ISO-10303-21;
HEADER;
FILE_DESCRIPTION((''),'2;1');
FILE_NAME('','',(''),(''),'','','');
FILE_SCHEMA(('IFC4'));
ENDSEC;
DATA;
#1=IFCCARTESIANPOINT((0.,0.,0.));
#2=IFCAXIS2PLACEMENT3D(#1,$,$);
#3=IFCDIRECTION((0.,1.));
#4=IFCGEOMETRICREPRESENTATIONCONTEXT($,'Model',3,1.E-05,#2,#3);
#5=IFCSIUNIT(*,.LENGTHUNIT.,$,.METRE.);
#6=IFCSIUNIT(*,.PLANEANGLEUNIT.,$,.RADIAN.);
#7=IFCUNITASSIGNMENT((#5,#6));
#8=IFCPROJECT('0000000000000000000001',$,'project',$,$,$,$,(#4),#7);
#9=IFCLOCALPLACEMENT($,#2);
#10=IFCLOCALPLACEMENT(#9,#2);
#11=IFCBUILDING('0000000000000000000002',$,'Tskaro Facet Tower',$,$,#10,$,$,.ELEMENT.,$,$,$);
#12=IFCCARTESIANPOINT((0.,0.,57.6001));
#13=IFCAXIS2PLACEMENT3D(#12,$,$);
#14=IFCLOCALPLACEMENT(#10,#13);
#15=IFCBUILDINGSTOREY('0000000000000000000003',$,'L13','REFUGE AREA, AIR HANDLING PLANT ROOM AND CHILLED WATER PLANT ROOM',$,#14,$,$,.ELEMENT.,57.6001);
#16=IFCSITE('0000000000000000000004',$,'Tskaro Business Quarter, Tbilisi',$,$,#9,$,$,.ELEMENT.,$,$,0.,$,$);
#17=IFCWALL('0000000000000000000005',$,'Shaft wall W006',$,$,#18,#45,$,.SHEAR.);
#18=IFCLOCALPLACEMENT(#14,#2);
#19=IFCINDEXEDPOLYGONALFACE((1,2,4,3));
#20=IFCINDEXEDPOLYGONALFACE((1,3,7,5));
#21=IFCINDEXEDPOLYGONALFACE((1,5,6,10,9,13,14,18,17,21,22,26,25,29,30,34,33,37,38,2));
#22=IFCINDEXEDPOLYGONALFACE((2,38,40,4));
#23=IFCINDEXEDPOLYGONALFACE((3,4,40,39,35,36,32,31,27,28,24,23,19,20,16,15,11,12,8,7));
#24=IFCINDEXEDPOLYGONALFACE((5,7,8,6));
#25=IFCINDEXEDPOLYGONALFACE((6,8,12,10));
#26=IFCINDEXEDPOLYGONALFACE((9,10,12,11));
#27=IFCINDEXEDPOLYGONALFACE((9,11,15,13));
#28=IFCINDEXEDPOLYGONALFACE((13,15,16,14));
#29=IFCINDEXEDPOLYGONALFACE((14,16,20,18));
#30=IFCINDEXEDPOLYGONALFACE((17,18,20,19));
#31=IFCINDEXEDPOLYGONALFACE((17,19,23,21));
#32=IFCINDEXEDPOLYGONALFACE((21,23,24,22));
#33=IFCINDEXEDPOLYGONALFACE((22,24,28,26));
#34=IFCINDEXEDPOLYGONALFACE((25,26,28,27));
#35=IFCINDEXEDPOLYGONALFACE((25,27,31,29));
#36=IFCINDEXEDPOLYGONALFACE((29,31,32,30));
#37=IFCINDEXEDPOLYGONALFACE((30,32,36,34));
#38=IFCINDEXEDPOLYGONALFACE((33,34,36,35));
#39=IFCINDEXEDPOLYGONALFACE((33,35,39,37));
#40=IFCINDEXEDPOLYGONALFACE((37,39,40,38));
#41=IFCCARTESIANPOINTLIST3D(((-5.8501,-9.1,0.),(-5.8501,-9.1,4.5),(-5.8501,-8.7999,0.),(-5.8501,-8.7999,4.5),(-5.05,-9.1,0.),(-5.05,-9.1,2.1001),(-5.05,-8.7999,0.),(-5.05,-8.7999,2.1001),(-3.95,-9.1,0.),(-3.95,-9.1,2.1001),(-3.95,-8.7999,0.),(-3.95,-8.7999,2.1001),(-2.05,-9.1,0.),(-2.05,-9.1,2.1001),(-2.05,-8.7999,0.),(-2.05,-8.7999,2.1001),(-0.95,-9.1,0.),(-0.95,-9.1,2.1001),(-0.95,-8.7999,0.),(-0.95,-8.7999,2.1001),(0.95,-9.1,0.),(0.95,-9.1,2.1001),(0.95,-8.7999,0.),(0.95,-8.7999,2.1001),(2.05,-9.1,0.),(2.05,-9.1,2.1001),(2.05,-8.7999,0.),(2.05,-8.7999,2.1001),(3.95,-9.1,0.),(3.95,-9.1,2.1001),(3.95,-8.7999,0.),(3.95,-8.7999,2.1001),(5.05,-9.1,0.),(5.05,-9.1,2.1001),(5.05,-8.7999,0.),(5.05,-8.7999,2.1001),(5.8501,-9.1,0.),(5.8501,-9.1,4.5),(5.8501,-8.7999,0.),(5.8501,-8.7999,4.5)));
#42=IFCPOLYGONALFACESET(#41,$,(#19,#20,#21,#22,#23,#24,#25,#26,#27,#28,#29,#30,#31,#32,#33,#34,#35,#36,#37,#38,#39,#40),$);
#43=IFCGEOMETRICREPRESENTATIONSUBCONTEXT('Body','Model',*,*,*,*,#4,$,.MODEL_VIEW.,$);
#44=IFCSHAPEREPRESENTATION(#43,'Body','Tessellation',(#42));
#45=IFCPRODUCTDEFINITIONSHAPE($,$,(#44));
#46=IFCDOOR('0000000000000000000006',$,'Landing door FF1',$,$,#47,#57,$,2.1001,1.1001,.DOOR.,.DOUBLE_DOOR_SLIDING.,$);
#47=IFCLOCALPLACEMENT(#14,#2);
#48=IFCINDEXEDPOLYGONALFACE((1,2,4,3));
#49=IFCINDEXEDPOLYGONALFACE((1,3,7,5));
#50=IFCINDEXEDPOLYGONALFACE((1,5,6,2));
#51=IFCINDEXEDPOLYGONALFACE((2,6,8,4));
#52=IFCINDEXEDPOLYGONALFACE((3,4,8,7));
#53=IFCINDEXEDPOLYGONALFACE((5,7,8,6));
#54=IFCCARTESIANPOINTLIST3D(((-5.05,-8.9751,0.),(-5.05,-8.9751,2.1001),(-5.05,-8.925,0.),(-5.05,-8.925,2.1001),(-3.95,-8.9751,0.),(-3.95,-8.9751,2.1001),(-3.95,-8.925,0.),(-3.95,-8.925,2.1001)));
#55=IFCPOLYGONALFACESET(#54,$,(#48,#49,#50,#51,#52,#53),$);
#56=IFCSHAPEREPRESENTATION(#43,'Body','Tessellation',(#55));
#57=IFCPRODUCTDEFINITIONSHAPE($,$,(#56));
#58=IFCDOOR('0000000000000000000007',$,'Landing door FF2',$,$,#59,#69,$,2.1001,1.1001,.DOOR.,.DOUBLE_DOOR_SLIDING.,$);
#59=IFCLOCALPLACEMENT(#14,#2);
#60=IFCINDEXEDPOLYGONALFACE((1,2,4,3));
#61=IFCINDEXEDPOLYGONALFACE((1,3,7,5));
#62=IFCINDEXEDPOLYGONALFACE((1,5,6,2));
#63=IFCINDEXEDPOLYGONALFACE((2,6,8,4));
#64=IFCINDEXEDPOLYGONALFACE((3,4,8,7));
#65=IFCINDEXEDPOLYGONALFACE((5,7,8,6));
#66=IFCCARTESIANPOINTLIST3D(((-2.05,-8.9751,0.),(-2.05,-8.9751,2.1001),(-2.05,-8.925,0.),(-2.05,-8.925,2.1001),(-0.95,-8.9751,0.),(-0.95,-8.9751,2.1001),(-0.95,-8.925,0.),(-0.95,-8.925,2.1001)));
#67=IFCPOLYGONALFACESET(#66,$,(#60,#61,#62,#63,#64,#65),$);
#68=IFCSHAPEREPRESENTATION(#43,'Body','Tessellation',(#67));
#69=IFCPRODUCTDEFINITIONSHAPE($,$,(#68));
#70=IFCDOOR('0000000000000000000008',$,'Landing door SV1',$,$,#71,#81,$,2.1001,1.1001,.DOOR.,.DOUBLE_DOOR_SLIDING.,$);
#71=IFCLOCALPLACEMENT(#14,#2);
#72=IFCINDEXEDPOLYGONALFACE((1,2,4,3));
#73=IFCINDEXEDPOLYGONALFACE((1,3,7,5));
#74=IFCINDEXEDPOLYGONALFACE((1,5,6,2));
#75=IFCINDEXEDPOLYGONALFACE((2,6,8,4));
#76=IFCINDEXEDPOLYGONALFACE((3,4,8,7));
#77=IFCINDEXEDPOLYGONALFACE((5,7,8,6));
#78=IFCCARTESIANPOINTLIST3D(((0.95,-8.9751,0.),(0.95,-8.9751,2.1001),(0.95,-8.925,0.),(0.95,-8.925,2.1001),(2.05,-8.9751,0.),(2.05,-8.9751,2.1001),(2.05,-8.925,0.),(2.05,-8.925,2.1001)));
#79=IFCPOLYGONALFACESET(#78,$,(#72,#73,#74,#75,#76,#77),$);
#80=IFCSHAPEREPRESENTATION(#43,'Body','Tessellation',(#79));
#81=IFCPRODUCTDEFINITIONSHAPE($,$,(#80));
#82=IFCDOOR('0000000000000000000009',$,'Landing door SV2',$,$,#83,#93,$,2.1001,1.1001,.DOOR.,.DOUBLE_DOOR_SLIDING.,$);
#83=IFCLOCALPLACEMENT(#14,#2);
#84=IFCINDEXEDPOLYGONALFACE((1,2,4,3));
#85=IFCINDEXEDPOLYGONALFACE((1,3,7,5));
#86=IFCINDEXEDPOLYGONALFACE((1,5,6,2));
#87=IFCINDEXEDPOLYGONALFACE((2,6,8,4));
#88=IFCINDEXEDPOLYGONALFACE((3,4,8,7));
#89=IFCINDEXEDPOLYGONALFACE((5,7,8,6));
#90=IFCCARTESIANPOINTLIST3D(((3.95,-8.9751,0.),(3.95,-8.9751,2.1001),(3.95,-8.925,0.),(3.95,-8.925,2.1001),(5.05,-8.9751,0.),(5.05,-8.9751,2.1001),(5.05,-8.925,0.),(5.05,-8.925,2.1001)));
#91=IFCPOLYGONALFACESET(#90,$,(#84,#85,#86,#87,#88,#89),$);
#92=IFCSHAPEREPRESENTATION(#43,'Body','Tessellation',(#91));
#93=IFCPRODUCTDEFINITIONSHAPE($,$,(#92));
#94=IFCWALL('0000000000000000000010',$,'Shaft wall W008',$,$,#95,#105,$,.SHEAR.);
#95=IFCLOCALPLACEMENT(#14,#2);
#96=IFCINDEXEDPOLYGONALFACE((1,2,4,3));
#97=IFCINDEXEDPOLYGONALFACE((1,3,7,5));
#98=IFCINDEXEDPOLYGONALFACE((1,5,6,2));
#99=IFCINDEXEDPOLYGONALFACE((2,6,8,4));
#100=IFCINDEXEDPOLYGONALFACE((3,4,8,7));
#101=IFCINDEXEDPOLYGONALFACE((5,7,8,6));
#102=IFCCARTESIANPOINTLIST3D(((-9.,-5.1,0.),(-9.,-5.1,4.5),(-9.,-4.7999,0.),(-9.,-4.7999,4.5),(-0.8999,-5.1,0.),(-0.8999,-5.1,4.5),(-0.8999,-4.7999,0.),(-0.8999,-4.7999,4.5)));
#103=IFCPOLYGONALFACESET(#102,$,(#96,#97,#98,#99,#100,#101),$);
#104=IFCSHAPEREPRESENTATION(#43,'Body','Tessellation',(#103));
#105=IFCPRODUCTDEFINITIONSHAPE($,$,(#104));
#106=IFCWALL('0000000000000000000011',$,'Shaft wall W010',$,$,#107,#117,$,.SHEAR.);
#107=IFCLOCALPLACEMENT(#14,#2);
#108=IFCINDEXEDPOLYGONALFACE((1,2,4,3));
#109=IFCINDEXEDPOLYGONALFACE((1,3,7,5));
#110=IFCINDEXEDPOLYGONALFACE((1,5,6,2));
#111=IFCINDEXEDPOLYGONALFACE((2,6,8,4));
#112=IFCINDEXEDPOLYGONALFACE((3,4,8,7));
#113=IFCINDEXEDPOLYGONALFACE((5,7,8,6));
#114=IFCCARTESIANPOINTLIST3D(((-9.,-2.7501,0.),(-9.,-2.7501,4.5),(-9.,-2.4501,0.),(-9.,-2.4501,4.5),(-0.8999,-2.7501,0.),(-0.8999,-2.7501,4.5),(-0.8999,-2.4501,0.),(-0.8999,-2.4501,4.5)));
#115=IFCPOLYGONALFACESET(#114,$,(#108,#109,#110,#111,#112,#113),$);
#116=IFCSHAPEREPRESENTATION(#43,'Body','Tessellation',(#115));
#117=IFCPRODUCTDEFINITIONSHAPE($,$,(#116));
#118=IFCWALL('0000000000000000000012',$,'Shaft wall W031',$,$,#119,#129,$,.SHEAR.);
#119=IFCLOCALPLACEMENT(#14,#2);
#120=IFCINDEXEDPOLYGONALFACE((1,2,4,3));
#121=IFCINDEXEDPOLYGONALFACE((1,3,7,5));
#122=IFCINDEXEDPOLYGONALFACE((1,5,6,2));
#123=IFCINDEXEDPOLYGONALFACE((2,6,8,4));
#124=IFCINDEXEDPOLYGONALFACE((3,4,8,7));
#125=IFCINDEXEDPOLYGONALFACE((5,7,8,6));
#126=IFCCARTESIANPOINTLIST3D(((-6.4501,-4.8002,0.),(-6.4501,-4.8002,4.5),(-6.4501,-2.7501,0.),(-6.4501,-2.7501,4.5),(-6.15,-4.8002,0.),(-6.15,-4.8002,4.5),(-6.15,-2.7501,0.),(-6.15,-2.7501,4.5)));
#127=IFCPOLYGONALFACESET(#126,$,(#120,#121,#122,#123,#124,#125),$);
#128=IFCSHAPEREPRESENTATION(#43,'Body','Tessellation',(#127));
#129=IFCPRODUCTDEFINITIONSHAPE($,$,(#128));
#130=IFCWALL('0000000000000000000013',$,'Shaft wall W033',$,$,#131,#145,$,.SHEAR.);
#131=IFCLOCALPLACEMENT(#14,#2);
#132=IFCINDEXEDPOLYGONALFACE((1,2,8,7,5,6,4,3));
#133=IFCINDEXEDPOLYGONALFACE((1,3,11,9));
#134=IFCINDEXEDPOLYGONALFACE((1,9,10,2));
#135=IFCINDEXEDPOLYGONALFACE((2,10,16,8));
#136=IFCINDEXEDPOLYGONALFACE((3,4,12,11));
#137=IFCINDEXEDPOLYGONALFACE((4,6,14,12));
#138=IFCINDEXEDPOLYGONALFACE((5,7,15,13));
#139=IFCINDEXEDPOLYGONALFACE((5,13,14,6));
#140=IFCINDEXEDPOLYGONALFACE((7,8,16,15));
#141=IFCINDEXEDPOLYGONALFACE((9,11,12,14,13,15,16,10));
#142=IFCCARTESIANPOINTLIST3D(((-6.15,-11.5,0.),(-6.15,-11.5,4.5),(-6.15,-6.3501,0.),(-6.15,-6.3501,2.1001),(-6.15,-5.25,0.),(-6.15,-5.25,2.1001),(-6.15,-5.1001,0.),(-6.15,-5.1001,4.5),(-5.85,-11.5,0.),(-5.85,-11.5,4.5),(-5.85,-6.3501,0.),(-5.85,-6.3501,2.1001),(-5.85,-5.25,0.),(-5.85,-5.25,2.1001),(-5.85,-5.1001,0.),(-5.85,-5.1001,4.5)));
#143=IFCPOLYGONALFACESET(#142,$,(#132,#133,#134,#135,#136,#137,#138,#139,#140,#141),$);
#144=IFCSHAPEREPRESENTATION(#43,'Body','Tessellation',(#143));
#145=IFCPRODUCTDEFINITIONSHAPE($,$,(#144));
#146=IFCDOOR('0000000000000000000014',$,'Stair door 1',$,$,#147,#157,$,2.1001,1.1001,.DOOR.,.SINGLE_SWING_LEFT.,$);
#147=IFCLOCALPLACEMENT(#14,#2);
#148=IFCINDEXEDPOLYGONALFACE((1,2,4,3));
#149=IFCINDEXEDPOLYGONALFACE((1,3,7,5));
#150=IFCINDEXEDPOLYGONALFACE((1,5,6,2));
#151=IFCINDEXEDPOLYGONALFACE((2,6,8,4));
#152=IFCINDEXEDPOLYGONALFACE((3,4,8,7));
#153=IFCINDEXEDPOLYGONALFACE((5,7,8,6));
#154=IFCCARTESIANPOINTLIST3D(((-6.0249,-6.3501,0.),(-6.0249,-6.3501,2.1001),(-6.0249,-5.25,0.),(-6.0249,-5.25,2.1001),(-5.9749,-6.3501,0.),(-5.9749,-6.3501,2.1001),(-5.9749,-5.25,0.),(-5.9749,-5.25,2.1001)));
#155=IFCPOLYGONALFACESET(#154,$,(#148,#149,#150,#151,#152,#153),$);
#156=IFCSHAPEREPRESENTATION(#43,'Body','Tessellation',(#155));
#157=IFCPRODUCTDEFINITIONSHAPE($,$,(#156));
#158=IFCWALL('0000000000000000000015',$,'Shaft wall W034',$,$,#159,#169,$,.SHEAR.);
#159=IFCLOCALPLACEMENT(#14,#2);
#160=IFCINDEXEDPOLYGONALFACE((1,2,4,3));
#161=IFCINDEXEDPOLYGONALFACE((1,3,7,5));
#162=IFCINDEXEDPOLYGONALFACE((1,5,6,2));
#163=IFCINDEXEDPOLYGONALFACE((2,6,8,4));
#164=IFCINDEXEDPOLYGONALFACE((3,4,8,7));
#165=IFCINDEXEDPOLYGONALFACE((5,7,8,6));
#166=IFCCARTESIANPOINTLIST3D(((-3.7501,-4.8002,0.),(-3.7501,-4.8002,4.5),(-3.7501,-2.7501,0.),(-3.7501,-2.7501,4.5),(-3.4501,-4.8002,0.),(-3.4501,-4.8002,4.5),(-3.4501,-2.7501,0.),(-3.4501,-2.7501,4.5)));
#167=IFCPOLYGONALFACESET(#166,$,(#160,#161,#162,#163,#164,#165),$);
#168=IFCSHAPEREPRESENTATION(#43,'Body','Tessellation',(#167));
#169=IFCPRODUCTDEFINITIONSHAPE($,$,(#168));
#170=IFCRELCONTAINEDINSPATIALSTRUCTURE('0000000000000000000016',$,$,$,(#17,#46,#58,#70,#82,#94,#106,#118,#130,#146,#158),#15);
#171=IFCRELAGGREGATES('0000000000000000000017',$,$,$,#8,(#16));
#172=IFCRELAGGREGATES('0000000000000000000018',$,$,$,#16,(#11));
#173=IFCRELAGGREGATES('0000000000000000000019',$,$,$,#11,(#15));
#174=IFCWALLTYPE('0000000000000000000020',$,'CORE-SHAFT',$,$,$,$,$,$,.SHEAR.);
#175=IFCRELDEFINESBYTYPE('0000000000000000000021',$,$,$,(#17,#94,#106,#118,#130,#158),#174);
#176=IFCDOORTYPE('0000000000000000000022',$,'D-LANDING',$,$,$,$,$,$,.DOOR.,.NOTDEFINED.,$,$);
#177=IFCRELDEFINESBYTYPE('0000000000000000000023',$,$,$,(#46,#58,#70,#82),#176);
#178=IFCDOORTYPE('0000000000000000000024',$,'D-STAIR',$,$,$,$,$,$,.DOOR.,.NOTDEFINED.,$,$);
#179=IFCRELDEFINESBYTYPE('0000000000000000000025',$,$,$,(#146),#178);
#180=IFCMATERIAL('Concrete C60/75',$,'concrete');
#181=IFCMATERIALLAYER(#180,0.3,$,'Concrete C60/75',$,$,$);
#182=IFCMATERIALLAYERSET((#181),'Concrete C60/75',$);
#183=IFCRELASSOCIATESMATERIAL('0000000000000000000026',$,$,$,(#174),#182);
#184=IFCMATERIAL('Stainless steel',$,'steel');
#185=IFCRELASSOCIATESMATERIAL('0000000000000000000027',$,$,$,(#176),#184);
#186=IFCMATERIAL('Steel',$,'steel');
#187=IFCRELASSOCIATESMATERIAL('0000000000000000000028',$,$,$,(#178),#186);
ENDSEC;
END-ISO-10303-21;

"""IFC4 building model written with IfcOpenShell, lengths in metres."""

from ifc_helpers import new_model, si_unit, direction, frame, frame_2d, origin, place, context, subcontext, project, spatial, rectangle, extrude, material, layer, layer_set, type_object, element, fill, save


model = new_model("IFC4")

# Units and contexts
model_context = context("Model", 3, precision=1e-05, world=origin(), true_north=direction((0.0, 1.0)))
body_context = subcontext(model_context, "Body", "Model", "MODEL_VIEW")
ifc_project = project(units=[si_unit("LENGTHUNIT", "METRE"), si_unit("PLANEANGLEUNIT", "RADIAN")], contexts=[model_context])

# Site, building, storey
site_placement = place(None, origin())
site = spatial("IfcSite", under=ifc_project, at=site_placement, Name="Tskaro Business Quarter, Tbilisi", CompositionType="ELEMENT", RefElevation=0.0)
building_placement = place(site_placement, origin())
building = spatial("IfcBuilding", under=site, at=building_placement, Name="Tskaro Facet Tower", CompositionType="ELEMENT")
storey_placement = place(building_placement, frame((0.0, 0.0, 57.6001)))
storey = spatial("IfcBuildingStorey", under=building, at=storey_placement, Name="L13", Description="REFUGE AREA, AIR HANDLING PLANT ROOM AND CHILLED WATER PLANT ROOM", CompositionType="ELEMENT", Elevation=57.6001)

# Shared definitions
ifc_material_1 = material(Name="Concrete C60/75", Category="concrete")
ifc_layer_1 = layer(ifc_material_1, 0.3, Name="Concrete C60/75")
ifc_layer_set_1 = layer_set([ifc_layer_1], Name="Concrete C60/75")
wall_type_1 = type_object("IfcWallType", Name="CORE-SHAFT", PredefinedType="SHEAR", material=ifc_layer_set_1)

# Wall, openings, doors
wall_1_placement = place(storey_placement, frame((-5.8501, -8.95, 0.0), z_axis=(0.0, 0.0, 1.0), x_axis=(1.0, 0.0, 0.0)))
wall_1 = element("IfcWall", 1, at=wall_1_placement, inside=storey, type_object=wall_type_1, Name="Shaft wall W006", PredefinedType="SHEAR", context=body_context, shape_type="SweptSolid", body=[
    extrude(rectangle(XDim=11.7002, YDim=0.3, at=frame_2d((5.8501, 0.0))), origin(), (0.0, 0.0, 1.0), 4.5),
])
opening_1_placement = place(wall_1_placement, frame((0.8, 0.0, 0.0)))
opening_1 = element("IfcOpeningElement", 2, at=opening_1_placement, cuts=wall_1, PredefinedType="OPENING", context=body_context, shape_type="SweptSolid", body=[
    extrude(rectangle(XDim=1.1001, YDim=2.1001, at=frame_2d((0.55, 1.05))), frame((0.0, 0.1599, 0.0), z_axis=(0.0, -1.0, 0.0), x_axis=(1.0, 0.0, 0.0)), (0.0, 0.0, 1.0), 0.3201),
])
opening_2_placement = place(wall_1_placement, frame((3.8, 0.0, 0.0)))
opening_2 = element("IfcOpeningElement", 3, at=opening_2_placement, cuts=wall_1, PredefinedType="OPENING", context=body_context, shape_type="SweptSolid", body=[
    extrude(rectangle(XDim=1.1001, YDim=2.1001, at=frame_2d((0.55, 1.05))), frame((0.0, 0.1599, 0.0), z_axis=(0.0, -1.0, 0.0), x_axis=(1.0, 0.0, 0.0)), (0.0, 0.0, 1.0), 0.3201),
])
opening_3_placement = place(wall_1_placement, frame((6.8, 0.0, 0.0)))
opening_3 = element("IfcOpeningElement", 4, at=opening_3_placement, cuts=wall_1, PredefinedType="OPENING", context=body_context, shape_type="SweptSolid", body=[
    extrude(rectangle(XDim=1.1001, YDim=2.1001, at=frame_2d((0.55, 1.05))), frame((0.0, 0.1599, 0.0), z_axis=(0.0, -1.0, 0.0), x_axis=(1.0, 0.0, 0.0)), (0.0, 0.0, 1.0), 0.3201),
])
opening_4_placement = place(wall_1_placement, frame((9.8, 0.0, 0.0)))
opening_4 = element("IfcOpeningElement", 5, at=opening_4_placement, cuts=wall_1, PredefinedType="OPENING", context=body_context, shape_type="SweptSolid", body=[
    extrude(rectangle(XDim=1.1001, YDim=2.1001, at=frame_2d((0.55, 1.05))), frame((0.0, 0.1599, 0.0), z_axis=(0.0, -1.0, 0.0), x_axis=(1.0, 0.0, 0.0)), (0.0, 0.0, 1.0), 0.3201),
])
ifc_material_2 = material(Name="Stainless steel", Category="steel")
door_type_1 = type_object("IfcDoorType", Name="D-LANDING", OperationType="NOTDEFINED", PredefinedType="DOOR", material=ifc_material_2)
door_1_placement = place(opening_1_placement, origin())
door_1 = element("IfcDoor", 6, at=door_1_placement, inside=storey, type_object=door_type_1, Name="Landing door FF1", OperationType="DOUBLE_DOOR_SLIDING", OverallHeight=2.1001, OverallWidth=1.1001, PredefinedType="DOOR", context=body_context, shape_type="SweptSolid", body=[
    extrude(rectangle(XDim=1.1001, YDim=2.1001, at=frame_2d((0.55, 1.05))), frame((0.0, 0.0249, 0.0), z_axis=(0.0, -1.0, 0.0), x_axis=(1.0, 0.0, 0.0)), (0.0, 0.0, 1.0), 0.05),
])
fill(opening_1, door_1)
door_2_placement = place(opening_2_placement, origin())
door_2 = element("IfcDoor", 7, at=door_2_placement, inside=storey, type_object=door_type_1, Name="Landing door FF2", OperationType="DOUBLE_DOOR_SLIDING", OverallHeight=2.1001, OverallWidth=1.1001, PredefinedType="DOOR", context=body_context, shape_type="SweptSolid", body=[
    extrude(rectangle(XDim=1.1001, YDim=2.1001, at=frame_2d((0.55, 1.05))), frame((0.0, 0.0249, 0.0), z_axis=(0.0, -1.0, 0.0), x_axis=(1.0, 0.0, 0.0)), (0.0, 0.0, 1.0), 0.05),
])
fill(opening_2, door_2)
door_3_placement = place(opening_3_placement, origin())
door_3 = element("IfcDoor", 8, at=door_3_placement, inside=storey, type_object=door_type_1, Name="Landing door SV1", OperationType="DOUBLE_DOOR_SLIDING", OverallHeight=2.1001, OverallWidth=1.1001, PredefinedType="DOOR", context=body_context, shape_type="SweptSolid", body=[
    extrude(rectangle(XDim=1.1001, YDim=2.1001, at=frame_2d((0.55, 1.05))), frame((0.0, 0.0249, 0.0), z_axis=(0.0, -1.0, 0.0), x_axis=(1.0, 0.0, 0.0)), (0.0, 0.0, 1.0), 0.05),
])
fill(opening_3, door_3)
door_4_placement = place(opening_4_placement, origin())
door_4 = element("IfcDoor", 9, at=door_4_placement, inside=storey, type_object=door_type_1, Name="Landing door SV2", OperationType="DOUBLE_DOOR_SLIDING", OverallHeight=2.1001, OverallWidth=1.1001, PredefinedType="DOOR", context=body_context, shape_type="SweptSolid", body=[
    extrude(rectangle(XDim=1.1001, YDim=2.1001, at=frame_2d((0.55, 1.05))), frame((0.0, 0.0249, 0.0), z_axis=(0.0, -1.0, 0.0), x_axis=(1.0, 0.0, 0.0)), (0.0, 0.0, 1.0), 0.05),
])
fill(opening_4, door_4)

# Walls
for number, where, z_axis, x_axis, name in (
    (10, (-9.0, -4.95, 0.0), (0.0, 0.0, 1.0), (1.0, 0.0, 0.0), "Shaft wall W008"),
    (11, (-9.0, -2.6001, 0.0), (0.0, 0.0, 1.0), (1.0, 0.0, 0.0), "Shaft wall W010"),
):
    element("IfcWall", number, at=place(storey_placement, frame(where, z_axis=z_axis, x_axis=x_axis)), inside=storey, type_object=wall_type_1, Name=name, PredefinedType="SHEAR", context=body_context, shape_type="SweptSolid", body=[
        extrude(rectangle(XDim=8.1001, YDim=0.3, at=frame_2d((4.05, 0.0))), origin(), (0.0, 0.0, 1.0), 4.5),
    ])
wall_2_placement = place(storey_placement, frame((-6.3, -4.8, 0.0), z_axis=(0.0, 0.0, 1.0), x_axis=(0.0, 1.0, 0.0)))
element("IfcWall", 12, at=wall_2_placement, inside=storey, type_object=wall_type_1, Name="Shaft wall W031", PredefinedType="SHEAR", context=body_context, shape_type="SweptSolid", body=[
    extrude(rectangle(XDim=2.05, YDim=0.3, at=frame_2d((1.0249, 0.0))), origin(), (0.0, 0.0, 1.0), 4.5),
])

# Wall, opening, door
wall_3_placement = place(storey_placement, frame((-6.0, -11.5, 0.0), z_axis=(0.0, 0.0, 1.0), x_axis=(0.0, 1.0, 0.0)))
wall_3 = element("IfcWall", 13, at=wall_3_placement, inside=storey, type_object=wall_type_1, Name="Shaft wall W033", PredefinedType="SHEAR", context=body_context, shape_type="SweptSolid", body=[
    extrude(rectangle(XDim=6.3999, YDim=0.3, at=frame_2d((3.2, 0.0))), origin(), (0.0, 0.0, 1.0), 4.5),
])
opening_5_placement = place(wall_3_placement, frame((5.1499, 0.0, 0.0)))
opening_5 = element("IfcOpeningElement", 14, at=opening_5_placement, cuts=wall_3, PredefinedType="OPENING", context=body_context, shape_type="SweptSolid", body=[
    extrude(rectangle(XDim=1.1001, YDim=2.1001, at=frame_2d((0.55, 1.05))), frame((0.0, 0.1599, 0.0), z_axis=(0.0, -1.0, 0.0), x_axis=(1.0, 0.0, 0.0)), (0.0, 0.0, 1.0), 0.3201),
])
ifc_material_3 = material(Name="Steel", Category="steel")
door_type_2 = type_object("IfcDoorType", Name="D-STAIR", OperationType="NOTDEFINED", PredefinedType="DOOR", material=ifc_material_3)
door_5_placement = place(opening_5_placement, origin())
door_5 = element("IfcDoor", 15, at=door_5_placement, inside=storey, type_object=door_type_2, Name="Stair door 1", OperationType="SINGLE_SWING_LEFT", OverallHeight=2.1001, OverallWidth=1.1001, PredefinedType="DOOR", context=body_context, shape_type="SweptSolid", body=[
    extrude(rectangle(XDim=1.1001, YDim=2.1001, at=frame_2d((0.55, 1.05))), frame((0.0, 0.0249, 0.0), z_axis=(0.0, -1.0, 0.0), x_axis=(1.0, 0.0, 0.0)), (0.0, 0.0, 1.0), 0.05),
])
fill(opening_5, door_5)

# Wall
wall_4_placement = place(storey_placement, frame((-3.6001, -4.8, 0.0), z_axis=(0.0, 0.0, 1.0), x_axis=(0.0, 1.0, 0.0)))
element("IfcWall", 16, at=wall_4_placement, inside=storey, type_object=wall_type_1, Name="Shaft wall W034", PredefinedType="SHEAR", context=body_context, shape_type="SweptSolid", body=[
    extrude(rectangle(XDim=2.05, YDim=0.3, at=frame_2d((1.0249, 0.0))), origin(), (0.0, 0.0, 1.0), 4.5),
])

save(model, "model.ifc")
